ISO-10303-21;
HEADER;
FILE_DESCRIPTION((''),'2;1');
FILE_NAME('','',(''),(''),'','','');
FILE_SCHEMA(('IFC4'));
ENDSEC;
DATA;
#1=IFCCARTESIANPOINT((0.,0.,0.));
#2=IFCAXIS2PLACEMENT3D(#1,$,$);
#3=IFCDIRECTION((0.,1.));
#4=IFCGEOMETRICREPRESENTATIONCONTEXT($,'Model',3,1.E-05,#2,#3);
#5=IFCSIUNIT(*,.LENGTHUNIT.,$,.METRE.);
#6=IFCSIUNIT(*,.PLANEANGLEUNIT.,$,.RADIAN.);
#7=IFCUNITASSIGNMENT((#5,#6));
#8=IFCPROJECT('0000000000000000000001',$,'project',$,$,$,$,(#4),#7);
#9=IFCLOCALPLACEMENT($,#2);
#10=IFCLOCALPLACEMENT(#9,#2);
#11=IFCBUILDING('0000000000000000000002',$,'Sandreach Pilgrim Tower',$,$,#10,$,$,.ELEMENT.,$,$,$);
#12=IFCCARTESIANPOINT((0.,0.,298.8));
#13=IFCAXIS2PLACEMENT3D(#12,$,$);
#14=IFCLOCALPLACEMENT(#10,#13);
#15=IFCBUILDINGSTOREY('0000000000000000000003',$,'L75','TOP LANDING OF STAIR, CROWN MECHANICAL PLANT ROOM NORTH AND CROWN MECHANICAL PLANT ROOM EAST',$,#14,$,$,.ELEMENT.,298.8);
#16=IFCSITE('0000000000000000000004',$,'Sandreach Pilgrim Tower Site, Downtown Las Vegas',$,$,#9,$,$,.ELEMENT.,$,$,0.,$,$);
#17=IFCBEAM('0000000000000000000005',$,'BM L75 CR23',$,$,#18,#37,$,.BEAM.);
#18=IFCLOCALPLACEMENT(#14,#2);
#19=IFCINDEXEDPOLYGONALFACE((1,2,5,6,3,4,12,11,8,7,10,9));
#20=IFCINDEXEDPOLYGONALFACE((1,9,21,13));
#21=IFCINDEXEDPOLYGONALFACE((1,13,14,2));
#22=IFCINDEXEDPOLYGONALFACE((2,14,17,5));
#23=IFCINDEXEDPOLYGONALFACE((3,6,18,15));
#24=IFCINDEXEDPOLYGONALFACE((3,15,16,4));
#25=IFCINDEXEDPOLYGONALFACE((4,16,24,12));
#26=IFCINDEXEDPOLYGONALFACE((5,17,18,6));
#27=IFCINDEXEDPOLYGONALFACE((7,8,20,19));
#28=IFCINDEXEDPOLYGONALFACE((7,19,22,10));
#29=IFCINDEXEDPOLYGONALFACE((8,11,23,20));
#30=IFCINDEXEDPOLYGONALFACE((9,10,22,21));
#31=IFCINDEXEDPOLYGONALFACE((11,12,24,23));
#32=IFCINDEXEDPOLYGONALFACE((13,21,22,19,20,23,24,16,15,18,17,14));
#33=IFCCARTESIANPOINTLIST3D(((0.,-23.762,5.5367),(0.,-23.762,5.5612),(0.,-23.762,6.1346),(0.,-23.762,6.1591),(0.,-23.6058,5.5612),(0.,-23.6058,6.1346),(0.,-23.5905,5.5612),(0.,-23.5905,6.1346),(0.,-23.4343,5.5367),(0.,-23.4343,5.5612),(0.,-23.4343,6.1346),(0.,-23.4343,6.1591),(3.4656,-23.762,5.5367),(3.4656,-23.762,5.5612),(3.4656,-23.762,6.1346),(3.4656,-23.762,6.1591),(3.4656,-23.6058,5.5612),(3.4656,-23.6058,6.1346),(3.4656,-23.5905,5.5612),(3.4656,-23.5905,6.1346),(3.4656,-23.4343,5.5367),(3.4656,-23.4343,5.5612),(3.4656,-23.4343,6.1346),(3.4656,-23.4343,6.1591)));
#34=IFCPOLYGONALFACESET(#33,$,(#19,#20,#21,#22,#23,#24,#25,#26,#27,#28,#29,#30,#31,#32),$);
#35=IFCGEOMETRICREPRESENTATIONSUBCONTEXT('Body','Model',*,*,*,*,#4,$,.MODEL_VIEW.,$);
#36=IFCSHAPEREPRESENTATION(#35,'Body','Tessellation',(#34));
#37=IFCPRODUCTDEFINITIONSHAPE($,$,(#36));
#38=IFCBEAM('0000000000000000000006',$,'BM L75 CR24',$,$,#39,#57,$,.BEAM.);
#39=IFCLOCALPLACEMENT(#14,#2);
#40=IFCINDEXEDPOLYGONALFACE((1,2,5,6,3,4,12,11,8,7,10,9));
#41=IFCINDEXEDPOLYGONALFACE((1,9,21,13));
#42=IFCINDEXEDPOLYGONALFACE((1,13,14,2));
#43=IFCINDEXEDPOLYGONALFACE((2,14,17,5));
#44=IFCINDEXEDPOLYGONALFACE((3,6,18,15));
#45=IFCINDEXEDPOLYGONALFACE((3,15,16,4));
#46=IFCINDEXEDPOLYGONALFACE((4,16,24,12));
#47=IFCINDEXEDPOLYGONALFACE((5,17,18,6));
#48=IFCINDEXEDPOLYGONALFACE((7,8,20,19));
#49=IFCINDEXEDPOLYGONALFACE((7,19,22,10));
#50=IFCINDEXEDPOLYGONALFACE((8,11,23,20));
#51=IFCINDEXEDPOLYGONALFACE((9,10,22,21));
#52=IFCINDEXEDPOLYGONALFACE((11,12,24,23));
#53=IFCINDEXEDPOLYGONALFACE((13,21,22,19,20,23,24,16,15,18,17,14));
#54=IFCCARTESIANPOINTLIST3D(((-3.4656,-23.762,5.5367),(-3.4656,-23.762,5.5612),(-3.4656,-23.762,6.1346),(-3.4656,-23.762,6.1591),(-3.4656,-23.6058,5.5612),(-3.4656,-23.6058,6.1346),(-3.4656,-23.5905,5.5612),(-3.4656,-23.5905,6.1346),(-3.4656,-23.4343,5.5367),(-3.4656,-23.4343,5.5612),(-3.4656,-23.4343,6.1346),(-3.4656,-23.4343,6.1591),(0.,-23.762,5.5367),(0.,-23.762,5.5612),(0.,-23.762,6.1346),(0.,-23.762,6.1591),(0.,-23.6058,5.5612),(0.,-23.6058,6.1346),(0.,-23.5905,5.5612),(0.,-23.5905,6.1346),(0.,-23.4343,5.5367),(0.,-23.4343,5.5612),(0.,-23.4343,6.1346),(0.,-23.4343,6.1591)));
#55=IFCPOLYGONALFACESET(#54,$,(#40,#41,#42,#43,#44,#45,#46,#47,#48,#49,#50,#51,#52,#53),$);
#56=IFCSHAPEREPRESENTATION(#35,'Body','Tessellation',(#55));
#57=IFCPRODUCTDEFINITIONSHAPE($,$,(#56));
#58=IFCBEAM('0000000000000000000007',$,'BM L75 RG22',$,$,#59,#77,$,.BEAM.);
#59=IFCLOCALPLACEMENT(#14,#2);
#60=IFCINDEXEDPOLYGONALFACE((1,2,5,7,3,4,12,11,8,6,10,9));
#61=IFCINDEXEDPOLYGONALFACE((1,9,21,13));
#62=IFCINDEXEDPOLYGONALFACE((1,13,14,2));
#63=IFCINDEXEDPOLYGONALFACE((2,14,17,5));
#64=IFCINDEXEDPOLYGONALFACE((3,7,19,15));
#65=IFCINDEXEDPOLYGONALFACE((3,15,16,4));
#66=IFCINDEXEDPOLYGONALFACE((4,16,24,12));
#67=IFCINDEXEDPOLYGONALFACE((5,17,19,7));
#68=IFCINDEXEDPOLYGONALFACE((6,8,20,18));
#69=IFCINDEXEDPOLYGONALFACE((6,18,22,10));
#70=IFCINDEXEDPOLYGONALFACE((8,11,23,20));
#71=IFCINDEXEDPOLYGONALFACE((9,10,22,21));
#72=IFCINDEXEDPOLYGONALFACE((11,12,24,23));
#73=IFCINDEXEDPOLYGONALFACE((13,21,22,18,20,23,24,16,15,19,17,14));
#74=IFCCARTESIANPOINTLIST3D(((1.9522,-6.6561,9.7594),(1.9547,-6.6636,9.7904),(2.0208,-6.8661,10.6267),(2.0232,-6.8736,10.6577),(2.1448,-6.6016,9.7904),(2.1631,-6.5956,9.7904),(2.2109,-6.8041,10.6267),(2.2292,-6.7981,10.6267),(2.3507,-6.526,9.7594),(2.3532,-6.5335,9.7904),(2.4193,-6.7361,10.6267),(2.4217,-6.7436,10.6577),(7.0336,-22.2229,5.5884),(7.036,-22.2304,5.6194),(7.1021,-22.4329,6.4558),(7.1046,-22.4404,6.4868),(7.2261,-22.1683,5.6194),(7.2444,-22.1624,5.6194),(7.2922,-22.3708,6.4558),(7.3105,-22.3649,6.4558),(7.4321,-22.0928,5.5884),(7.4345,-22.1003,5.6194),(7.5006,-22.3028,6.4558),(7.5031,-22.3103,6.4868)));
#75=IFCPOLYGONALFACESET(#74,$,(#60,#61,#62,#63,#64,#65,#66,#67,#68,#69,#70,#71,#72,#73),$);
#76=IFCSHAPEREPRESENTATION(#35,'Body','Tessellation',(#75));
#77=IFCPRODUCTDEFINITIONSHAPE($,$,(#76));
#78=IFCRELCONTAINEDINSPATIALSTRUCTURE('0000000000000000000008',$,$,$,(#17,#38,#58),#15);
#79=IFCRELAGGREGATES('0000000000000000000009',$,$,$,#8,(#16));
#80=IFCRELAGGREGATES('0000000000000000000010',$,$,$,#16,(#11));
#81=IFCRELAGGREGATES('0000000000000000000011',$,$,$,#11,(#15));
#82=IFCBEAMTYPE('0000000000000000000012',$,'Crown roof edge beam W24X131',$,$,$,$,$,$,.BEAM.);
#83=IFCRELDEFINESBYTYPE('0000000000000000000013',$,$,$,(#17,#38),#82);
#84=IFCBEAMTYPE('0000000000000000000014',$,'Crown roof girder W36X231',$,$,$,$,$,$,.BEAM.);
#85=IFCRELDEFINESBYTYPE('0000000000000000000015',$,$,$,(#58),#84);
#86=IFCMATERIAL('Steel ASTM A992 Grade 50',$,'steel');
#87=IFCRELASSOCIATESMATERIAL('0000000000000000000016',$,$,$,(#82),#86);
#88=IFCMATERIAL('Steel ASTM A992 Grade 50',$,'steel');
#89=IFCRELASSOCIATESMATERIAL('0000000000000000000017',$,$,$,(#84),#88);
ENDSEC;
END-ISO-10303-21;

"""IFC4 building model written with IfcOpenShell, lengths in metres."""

from ifc_helpers import new_model, si_unit, direction, frame, origin, origin_2d, place, context, subcontext, project, spatial, i_section, extrude, material, material_profile, profile_set, type_object, element, save


model = new_model("IFC4")

# Units and contexts
model_context = context("Model", 3, precision=1e-05, world=origin(), true_north=direction((0.0, 1.0)))
body_context = subcontext(model_context, "Body", "Model", "MODEL_VIEW")
ifc_project = project(units=[si_unit("LENGTHUNIT", "METRE"), si_unit("PLANEANGLEUNIT", "RADIAN")], contexts=[model_context])

# Site, building, storey
site_placement = place(None, origin())
site = spatial("IfcSite", under=ifc_project, at=site_placement, Name="Sandreach Pilgrim Tower Site, Downtown Las Vegas", CompositionType="ELEMENT", RefElevation=0.0)
building_placement = place(site_placement, origin())
building = spatial("IfcBuilding", under=site, at=building_placement, Name="Sandreach Pilgrim Tower", CompositionType="ELEMENT")
storey_placement = place(building_placement, frame((0.0, 0.0, 298.8)))
storey = spatial("IfcBuildingStorey", under=building, at=storey_placement, Name="L75", Description="TOP LANDING OF STAIR, CROWN MECHANICAL PLANT ROOM NORTH AND CROWN MECHANICAL PLANT ROOM EAST", CompositionType="ELEMENT", Elevation=298.8)

# Beams
ifc_material_1 = material(Name="Steel ASTM A992 Grade 50", Category="steel")
ifc_material_profile_1 = material_profile(ifc_material_1, i_section(OverallWidth=0.3276, OverallDepth=0.6223, WebThickness=0.0154, FlangeThickness=0.0244, at=origin_2d()), Name="W24X131")
ifc_profile_set_1 = profile_set([ifc_material_profile_1], Name="Steel ASTM A992 Grade 50")
beam_type_1 = type_object("IfcBeamType", Name="Crown roof edge beam W24X131", PredefinedType="BEAM", material=ifc_profile_set_1)
for number, where, z_axis, x_axis, name in (
    (1, (3.4656, -23.5981, 5.8479), (-1.0, 0.0, 0.0), (0.0, -1.0, 0.0), "BM L75 CR23"),
    (2, (0.0, -23.5981, 5.8479), (-1.0, 0.0, 0.0), (0.0, -1.0, 0.0), "BM L75 CR24"),
):
    element("IfcBeam", number, at=place(storey_placement, frame(where, z_axis=z_axis, x_axis=x_axis)), inside=storey, type_object=beam_type_1, Name=name, PredefinedType="BEAM", context=body_context, shape_type="SweptSolid", body=[
        extrude(i_section(OverallWidth=0.3276, OverallDepth=0.6223, WebThickness=0.0154, FlangeThickness=0.0244, at=origin_2d()), origin(), (0.0, 0.0, 1.0), 3.4656),
    ])
ifc_material_2 = material(Name="Steel ASTM A992 Grade 50", Category="steel")
ifc_material_profile_2 = material_profile(ifc_material_2, i_section(OverallWidth=0.4192, OverallDepth=0.927, WebThickness=0.0193, FlangeThickness=0.032, at=origin_2d()), Name="W36X231")
ifc_profile_set_2 = profile_set([ifc_material_profile_2], Name="Steel ASTM A992 Grade 50")
beam_type_2 = type_object("IfcBeamType", Name="Crown roof girder W36X231", PredefinedType="BEAM", material=ifc_profile_set_2)
beam_1_placement = place(storey_placement, frame((7.2683, -22.2666, 6.0376), z_axis=(-0.300707, 0.921222, 0.24683), x_axis=(-0.950636, -0.310309, 0.0)))
element("IfcBeam", 3, at=beam_1_placement, inside=storey, type_object=beam_type_2, Name="BM L75 RG22", PredefinedType="BEAM", context=body_context, shape_type="SweptSolid", body=[
    extrude(i_section(OverallWidth=0.4192, OverallDepth=0.927, WebThickness=0.0193, FlangeThickness=0.032, at=origin_2d()), origin(), (0.0, 0.0, 1.0), 16.8979),
])

save(model, "model.ifc")
